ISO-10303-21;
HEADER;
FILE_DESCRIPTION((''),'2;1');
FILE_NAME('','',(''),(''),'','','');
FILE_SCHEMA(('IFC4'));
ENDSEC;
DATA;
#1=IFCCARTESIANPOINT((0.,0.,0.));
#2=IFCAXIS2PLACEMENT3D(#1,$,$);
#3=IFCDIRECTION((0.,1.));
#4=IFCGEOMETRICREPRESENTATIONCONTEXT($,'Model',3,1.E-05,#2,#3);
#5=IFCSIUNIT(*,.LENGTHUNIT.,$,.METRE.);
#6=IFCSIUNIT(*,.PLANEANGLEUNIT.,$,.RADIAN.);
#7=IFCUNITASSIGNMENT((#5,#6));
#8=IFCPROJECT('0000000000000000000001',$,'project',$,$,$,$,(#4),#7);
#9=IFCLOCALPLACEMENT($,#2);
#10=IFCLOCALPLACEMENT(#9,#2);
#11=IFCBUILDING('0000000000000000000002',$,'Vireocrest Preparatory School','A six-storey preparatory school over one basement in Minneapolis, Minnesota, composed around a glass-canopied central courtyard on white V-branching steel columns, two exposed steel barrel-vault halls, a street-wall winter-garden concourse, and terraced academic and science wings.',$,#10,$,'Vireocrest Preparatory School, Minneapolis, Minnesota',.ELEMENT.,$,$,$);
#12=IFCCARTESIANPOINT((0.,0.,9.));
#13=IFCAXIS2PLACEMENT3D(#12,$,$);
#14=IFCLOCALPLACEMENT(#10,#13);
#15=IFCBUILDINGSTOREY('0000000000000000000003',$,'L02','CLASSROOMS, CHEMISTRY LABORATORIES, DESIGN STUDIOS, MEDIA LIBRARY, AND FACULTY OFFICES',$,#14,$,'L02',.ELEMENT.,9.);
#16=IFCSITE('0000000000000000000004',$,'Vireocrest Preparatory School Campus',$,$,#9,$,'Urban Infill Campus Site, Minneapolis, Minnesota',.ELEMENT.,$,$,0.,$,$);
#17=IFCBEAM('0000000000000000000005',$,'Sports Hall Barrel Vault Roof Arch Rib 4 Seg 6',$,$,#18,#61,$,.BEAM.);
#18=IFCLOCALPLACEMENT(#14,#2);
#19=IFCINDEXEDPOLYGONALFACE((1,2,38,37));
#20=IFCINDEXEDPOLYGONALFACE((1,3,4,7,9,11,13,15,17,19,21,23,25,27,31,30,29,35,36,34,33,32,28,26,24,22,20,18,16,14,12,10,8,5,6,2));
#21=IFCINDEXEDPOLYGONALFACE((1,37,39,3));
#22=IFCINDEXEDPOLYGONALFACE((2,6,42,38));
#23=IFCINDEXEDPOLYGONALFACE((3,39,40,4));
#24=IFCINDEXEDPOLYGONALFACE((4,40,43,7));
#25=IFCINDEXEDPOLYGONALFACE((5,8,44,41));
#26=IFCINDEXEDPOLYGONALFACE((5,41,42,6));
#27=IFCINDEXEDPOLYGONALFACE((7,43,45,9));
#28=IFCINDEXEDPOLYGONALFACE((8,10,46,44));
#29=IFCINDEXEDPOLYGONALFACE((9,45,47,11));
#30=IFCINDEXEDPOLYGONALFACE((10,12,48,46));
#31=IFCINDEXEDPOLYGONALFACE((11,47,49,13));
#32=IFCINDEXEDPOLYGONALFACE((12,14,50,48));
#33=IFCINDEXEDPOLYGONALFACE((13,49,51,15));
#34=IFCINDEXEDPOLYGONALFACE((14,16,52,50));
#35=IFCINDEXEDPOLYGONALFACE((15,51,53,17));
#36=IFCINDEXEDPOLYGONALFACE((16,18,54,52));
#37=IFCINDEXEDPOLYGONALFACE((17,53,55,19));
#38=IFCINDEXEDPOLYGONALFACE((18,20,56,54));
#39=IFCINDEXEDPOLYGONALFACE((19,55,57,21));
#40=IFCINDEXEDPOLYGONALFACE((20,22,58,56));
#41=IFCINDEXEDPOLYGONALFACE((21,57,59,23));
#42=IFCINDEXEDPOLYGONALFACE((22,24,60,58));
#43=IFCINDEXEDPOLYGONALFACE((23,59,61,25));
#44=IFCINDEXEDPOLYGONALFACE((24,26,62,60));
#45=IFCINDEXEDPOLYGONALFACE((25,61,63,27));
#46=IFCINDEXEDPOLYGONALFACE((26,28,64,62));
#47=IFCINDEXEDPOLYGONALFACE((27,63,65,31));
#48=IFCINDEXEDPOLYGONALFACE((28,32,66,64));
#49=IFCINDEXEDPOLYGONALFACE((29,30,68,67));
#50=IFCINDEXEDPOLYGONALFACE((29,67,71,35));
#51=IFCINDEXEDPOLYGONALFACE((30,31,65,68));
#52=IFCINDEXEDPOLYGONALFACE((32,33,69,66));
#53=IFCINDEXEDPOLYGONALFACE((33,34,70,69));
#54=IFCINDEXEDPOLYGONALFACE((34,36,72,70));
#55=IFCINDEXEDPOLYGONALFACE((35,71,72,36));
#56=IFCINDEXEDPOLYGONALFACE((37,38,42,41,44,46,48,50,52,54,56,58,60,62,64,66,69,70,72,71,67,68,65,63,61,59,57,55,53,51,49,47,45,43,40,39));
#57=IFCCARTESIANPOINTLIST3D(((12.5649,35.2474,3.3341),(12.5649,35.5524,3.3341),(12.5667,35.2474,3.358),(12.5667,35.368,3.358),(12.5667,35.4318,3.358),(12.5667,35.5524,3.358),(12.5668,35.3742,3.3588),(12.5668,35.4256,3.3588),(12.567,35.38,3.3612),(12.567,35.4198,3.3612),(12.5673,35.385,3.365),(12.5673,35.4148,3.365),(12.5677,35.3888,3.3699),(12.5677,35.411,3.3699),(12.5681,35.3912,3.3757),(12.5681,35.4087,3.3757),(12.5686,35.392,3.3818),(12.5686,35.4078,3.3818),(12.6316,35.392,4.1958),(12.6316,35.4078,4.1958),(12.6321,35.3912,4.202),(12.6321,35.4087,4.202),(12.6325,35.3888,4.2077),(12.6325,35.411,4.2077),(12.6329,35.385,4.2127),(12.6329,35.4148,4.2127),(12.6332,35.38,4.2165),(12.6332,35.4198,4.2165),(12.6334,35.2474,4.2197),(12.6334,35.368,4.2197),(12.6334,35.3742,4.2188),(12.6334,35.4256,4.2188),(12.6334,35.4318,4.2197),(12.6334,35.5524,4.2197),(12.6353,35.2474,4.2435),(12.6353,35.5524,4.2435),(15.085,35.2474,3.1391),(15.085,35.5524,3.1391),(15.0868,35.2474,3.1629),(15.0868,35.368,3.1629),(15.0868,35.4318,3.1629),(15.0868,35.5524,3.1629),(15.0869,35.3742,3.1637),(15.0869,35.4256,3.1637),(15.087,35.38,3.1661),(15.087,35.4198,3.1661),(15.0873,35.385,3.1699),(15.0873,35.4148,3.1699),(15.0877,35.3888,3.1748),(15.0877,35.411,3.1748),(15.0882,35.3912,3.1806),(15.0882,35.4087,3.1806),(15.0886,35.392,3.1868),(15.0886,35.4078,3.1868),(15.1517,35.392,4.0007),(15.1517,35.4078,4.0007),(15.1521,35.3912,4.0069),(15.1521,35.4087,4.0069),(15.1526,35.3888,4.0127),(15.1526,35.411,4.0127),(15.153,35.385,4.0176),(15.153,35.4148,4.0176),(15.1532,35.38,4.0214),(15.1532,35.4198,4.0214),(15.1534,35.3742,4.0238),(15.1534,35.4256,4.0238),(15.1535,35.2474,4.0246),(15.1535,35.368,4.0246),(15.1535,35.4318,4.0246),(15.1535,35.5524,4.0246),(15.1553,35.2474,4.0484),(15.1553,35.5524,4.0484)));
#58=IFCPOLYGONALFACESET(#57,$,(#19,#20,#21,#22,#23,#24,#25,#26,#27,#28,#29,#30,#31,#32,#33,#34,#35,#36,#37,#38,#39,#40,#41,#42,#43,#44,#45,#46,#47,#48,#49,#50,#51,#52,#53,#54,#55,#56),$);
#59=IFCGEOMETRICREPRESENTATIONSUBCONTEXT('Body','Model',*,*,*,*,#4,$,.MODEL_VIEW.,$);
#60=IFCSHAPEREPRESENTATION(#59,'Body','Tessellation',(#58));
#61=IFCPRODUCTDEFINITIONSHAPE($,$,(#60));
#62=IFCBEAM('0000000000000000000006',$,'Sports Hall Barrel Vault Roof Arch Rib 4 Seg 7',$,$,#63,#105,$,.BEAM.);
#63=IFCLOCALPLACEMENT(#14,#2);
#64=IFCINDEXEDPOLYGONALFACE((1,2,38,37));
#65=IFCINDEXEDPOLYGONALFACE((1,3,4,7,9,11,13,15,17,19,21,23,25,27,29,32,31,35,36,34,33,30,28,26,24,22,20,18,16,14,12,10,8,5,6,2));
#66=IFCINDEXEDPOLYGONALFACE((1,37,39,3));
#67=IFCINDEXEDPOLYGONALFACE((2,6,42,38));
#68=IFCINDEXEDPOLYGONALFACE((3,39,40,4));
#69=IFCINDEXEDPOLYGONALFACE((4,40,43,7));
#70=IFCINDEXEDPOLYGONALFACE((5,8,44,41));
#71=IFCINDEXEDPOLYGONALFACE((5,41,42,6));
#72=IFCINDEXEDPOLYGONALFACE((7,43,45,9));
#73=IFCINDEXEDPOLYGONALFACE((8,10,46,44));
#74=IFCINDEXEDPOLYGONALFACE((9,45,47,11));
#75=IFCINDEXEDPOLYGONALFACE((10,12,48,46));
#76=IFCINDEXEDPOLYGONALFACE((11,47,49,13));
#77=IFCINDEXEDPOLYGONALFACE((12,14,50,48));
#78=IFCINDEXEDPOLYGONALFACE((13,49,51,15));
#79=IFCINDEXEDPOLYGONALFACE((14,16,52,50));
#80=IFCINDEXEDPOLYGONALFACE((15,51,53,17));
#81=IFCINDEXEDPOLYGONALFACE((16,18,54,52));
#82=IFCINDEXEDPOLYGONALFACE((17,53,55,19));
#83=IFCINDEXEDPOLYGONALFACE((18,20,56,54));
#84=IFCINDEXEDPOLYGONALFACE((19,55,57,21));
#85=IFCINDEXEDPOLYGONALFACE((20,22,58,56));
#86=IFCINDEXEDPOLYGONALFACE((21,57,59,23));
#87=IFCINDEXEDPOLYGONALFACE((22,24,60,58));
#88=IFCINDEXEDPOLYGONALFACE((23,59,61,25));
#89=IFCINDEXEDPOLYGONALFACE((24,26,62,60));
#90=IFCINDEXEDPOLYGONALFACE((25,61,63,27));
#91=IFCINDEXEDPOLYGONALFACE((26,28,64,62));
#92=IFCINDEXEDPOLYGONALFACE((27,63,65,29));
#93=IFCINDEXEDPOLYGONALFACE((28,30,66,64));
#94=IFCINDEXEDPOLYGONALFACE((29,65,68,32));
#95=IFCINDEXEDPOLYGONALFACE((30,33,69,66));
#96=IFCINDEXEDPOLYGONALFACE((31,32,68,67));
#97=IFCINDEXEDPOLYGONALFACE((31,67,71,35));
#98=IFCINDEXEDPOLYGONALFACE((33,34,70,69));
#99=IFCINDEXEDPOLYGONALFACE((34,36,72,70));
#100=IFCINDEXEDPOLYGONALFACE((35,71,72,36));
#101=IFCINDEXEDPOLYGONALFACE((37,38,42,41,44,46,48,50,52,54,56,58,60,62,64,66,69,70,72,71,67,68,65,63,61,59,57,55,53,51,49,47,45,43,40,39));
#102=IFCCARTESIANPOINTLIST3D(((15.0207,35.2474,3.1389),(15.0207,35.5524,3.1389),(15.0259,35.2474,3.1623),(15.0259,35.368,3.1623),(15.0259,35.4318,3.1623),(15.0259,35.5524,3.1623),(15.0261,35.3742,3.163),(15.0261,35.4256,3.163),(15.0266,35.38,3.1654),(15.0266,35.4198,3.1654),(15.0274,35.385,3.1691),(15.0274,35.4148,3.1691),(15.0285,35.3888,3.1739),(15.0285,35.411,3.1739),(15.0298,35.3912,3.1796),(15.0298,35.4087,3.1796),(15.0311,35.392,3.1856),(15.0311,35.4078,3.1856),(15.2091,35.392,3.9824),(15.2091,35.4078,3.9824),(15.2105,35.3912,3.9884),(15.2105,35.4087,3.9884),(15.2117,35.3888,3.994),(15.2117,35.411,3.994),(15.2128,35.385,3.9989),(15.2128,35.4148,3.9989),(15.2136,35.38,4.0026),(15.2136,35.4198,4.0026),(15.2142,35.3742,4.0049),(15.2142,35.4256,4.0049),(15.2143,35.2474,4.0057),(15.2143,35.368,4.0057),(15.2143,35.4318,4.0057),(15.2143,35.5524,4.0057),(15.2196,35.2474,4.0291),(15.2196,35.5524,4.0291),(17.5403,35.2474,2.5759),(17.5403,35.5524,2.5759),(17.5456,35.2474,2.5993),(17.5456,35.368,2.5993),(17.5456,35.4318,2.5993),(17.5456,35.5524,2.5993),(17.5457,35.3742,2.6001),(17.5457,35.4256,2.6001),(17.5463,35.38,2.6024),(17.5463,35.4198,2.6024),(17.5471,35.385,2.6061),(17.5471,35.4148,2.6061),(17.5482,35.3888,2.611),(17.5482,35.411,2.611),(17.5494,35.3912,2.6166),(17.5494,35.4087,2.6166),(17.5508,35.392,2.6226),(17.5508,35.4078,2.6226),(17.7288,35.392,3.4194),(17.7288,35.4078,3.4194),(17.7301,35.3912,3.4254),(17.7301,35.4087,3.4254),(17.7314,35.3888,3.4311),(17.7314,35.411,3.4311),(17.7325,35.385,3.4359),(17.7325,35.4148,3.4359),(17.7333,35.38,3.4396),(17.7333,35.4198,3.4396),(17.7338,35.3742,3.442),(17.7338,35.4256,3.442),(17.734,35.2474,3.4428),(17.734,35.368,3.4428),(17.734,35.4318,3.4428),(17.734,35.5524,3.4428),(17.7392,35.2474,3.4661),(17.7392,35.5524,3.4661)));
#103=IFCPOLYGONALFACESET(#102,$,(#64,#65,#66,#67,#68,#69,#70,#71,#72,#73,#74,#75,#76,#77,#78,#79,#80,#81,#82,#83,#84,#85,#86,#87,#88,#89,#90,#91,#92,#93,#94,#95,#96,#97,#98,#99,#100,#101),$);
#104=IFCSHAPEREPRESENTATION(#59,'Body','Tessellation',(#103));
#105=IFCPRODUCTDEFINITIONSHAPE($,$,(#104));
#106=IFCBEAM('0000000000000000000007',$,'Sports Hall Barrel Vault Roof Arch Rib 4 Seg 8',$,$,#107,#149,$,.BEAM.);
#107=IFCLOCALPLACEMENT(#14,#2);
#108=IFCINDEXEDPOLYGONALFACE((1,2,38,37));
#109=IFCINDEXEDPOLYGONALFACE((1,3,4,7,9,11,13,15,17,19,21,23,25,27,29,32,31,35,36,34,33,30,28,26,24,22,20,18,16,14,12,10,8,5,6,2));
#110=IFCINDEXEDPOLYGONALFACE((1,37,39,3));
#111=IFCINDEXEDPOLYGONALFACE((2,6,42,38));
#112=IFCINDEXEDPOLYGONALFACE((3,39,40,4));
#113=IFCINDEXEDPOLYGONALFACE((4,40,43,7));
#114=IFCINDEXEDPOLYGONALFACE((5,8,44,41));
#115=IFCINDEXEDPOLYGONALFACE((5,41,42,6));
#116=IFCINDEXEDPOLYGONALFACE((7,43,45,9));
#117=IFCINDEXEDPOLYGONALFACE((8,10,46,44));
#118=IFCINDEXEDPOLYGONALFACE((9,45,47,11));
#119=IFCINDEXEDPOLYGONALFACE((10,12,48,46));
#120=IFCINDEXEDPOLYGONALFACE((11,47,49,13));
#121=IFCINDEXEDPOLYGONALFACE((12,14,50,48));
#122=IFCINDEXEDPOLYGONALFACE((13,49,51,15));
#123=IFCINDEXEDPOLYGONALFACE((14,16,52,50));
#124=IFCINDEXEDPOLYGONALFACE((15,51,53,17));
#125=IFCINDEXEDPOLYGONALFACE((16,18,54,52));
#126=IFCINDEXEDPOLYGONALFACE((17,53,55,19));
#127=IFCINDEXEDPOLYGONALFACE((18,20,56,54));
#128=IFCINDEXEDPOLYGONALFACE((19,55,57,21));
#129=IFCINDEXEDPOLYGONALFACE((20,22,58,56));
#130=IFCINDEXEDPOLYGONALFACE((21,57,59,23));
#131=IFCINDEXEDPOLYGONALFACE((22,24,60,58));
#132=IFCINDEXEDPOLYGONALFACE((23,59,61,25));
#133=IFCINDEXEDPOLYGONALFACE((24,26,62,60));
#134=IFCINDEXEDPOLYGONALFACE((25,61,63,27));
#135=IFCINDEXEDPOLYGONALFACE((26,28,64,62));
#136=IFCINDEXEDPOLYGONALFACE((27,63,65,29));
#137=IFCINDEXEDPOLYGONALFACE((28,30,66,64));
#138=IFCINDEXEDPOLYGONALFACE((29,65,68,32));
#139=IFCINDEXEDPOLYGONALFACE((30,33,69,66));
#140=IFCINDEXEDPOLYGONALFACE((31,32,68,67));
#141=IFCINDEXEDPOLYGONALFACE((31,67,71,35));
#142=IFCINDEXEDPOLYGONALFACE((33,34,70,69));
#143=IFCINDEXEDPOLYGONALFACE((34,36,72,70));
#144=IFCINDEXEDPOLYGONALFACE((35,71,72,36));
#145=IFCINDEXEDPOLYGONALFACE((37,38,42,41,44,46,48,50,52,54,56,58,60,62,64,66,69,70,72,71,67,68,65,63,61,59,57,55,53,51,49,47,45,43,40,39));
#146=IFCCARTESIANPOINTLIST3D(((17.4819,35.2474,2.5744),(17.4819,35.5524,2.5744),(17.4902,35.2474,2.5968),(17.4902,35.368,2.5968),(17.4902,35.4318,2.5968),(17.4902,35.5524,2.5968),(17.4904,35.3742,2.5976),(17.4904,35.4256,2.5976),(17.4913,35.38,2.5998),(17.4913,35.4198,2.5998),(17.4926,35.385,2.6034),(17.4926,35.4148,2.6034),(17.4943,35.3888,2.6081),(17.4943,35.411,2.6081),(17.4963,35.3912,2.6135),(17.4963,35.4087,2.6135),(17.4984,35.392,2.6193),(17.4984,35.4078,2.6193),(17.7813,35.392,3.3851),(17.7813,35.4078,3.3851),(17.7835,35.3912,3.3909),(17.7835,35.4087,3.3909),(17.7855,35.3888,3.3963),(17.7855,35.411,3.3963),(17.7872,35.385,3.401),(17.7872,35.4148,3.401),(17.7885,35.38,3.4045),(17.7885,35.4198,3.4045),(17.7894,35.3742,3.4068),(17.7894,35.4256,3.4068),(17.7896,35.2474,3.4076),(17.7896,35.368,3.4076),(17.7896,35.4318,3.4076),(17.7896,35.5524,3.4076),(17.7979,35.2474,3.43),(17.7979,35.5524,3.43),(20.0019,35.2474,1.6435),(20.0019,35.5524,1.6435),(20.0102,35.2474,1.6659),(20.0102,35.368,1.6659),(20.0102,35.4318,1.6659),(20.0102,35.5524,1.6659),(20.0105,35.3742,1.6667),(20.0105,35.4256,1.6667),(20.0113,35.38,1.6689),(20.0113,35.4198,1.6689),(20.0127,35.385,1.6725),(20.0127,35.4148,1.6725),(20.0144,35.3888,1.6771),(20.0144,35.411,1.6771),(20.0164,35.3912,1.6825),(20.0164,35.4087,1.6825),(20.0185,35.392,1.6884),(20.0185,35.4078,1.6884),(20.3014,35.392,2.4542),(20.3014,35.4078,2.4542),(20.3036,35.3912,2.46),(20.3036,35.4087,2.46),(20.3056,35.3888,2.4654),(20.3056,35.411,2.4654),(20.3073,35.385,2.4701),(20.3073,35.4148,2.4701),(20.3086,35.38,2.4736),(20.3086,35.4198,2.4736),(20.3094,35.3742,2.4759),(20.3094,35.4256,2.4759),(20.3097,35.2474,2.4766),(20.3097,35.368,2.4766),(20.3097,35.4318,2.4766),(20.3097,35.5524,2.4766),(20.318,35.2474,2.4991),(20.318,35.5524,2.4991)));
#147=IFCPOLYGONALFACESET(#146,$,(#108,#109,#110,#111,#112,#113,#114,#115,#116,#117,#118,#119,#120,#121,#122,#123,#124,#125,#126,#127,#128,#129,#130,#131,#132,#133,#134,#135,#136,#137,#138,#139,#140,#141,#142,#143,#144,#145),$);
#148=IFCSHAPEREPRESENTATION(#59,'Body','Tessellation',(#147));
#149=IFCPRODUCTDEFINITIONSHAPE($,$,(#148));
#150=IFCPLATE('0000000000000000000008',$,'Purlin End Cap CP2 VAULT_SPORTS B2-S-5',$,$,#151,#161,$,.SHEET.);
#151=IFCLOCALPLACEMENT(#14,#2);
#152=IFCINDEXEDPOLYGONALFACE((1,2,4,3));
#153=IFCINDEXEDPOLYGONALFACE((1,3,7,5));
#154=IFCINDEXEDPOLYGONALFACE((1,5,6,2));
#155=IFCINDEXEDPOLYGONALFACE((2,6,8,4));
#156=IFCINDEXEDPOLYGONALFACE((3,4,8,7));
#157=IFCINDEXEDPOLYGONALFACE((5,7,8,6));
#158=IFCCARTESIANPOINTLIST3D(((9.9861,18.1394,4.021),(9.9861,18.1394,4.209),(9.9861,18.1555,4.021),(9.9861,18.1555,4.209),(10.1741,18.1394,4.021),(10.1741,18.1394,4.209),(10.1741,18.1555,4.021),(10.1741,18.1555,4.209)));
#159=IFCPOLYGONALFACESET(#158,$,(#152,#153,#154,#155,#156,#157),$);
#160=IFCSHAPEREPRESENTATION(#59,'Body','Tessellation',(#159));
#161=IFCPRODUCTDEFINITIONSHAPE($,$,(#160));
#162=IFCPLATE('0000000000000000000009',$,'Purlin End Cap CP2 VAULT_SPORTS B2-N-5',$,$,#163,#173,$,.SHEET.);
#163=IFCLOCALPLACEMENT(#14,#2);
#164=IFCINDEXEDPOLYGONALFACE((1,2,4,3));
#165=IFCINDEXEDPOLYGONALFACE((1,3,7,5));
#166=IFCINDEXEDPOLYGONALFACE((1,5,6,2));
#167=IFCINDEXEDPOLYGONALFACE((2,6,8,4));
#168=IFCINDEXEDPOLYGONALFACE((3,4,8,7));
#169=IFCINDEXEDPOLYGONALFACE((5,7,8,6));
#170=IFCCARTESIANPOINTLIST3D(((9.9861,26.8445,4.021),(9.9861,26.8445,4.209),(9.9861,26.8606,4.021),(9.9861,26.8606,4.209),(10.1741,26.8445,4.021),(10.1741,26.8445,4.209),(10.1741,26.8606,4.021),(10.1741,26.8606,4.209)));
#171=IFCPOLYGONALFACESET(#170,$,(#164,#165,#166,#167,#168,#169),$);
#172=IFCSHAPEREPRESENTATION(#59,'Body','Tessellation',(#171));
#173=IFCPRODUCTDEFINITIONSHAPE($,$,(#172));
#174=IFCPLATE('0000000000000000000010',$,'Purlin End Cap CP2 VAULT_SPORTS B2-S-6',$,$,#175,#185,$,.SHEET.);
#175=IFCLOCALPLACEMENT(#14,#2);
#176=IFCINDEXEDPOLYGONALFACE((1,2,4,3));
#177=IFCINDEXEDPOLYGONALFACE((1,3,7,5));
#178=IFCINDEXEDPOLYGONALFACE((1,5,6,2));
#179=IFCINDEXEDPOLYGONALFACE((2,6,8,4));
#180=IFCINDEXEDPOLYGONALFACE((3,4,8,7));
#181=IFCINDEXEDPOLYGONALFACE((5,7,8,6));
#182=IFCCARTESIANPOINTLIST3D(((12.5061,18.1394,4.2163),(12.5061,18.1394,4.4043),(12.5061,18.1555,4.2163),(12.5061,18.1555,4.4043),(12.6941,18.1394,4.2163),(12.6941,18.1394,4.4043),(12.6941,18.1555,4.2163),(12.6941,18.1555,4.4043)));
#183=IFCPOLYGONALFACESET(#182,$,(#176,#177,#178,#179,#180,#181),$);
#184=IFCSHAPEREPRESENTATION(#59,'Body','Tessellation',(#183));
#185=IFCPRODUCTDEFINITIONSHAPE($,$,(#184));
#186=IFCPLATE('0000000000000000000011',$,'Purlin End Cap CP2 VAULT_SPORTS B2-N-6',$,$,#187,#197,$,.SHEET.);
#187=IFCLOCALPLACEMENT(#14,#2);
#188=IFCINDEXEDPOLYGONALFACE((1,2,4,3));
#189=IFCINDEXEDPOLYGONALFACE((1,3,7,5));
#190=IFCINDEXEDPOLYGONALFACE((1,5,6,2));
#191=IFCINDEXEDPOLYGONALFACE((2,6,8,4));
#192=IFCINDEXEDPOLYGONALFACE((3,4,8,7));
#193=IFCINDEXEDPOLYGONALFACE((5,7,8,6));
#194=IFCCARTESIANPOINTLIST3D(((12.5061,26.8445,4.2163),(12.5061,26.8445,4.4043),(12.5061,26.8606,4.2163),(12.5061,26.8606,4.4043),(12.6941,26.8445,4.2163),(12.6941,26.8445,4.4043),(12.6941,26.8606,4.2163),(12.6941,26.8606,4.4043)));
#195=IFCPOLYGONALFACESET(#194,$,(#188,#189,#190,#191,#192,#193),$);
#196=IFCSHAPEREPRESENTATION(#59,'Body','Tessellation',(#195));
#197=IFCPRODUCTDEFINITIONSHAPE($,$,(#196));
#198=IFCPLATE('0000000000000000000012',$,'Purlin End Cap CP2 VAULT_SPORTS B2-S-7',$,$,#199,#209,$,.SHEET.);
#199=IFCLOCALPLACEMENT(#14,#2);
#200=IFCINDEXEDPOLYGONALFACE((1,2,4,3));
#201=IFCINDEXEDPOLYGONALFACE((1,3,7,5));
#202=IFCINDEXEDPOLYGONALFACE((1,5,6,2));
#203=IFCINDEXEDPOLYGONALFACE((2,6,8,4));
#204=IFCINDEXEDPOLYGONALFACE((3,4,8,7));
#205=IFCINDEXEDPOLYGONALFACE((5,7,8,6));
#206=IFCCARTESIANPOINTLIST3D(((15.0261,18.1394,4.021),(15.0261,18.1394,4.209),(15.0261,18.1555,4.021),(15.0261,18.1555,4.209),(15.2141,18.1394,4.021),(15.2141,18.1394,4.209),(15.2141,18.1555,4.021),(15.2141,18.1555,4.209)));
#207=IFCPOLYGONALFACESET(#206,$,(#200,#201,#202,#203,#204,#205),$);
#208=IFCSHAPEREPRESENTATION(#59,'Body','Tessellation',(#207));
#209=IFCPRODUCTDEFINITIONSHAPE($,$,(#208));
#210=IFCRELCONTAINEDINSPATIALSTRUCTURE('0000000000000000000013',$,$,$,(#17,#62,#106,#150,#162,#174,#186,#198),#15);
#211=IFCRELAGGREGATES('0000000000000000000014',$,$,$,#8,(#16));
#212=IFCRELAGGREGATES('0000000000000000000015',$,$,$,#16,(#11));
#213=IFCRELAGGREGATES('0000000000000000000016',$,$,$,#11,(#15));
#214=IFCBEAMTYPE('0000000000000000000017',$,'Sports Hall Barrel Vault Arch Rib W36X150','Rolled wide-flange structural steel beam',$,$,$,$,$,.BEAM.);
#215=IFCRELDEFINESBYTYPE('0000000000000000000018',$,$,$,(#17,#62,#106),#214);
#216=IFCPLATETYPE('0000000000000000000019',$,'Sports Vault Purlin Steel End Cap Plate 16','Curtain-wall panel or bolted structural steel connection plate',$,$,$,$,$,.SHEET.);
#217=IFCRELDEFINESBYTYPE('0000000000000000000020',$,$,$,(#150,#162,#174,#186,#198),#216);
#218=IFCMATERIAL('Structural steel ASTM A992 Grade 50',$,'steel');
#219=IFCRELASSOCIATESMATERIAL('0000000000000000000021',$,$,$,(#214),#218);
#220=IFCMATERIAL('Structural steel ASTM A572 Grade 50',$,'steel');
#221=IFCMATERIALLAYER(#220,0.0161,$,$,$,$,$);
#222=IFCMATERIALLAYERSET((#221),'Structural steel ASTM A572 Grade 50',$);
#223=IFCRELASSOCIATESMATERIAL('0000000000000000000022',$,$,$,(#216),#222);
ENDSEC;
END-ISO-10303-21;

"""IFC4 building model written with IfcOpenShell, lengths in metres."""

from ifc_helpers import new_model, si_unit, direction, frame, origin, origin_2d, place, context, subcontext, project, spatial, rectangle, i_section, extrude, material, layer, layer_set, material_profile, profile_set, type_object, element, save


model = new_model("IFC4")

# Units and contexts
model_context = context("Model", 3, precision=1e-05, world=origin(), true_north=direction((0.0, 1.0)))
body_context = subcontext(model_context, "Body", "Model", "MODEL_VIEW")
ifc_project = project(units=[si_unit("LENGTHUNIT", "METRE"), si_unit("PLANEANGLEUNIT", "RADIAN")], contexts=[model_context])

# Site, building, storey
site_placement = place(None, origin())
site = spatial("IfcSite", under=ifc_project, at=site_placement, Name="Vireocrest Preparatory School Campus", LongName="Urban Infill Campus Site, Minneapolis, Minnesota", CompositionType="ELEMENT", RefElevation=0.0)
building_placement = place(site_placement, origin())
building = spatial("IfcBuilding", under=site, at=building_placement, Name="Vireocrest Preparatory School", Description="A six-storey preparatory school over one basement in Minneapolis, Minnesota, composed around a glass-canopied central courtyard on white V-branching steel columns, two exposed steel barrel-vault halls, a street-wall winter-garden concourse, and terraced academic and science wings.", LongName="Vireocrest Preparatory School, Minneapolis, Minnesota", CompositionType="ELEMENT")
storey_placement = place(building_placement, frame((0.0, 0.0, 9.0)))
storey = spatial("IfcBuildingStorey", under=building, at=storey_placement, Name="L02", Description="CLASSROOMS, CHEMISTRY LABORATORIES, DESIGN STUDIOS, MEDIA LIBRARY, AND FACULTY OFFICES", LongName="L02", CompositionType="ELEMENT", Elevation=9.0)

# Beams
ifc_material_1 = material(Name="Structural steel ASTM A992 Grade 50", Category="steel")
ifc_material_profile_1 = material_profile(ifc_material_1, i_section(OverallWidth=0.3049, OverallDepth=0.9121, WebThickness=0.0159, FlangeThickness=0.0239, FilletRadius=0.0239, at=origin_2d()), Name="W36X150")
ifc_profile_set_1 = profile_set([ifc_material_profile_1], Name="Structural steel ASTM A992 Grade 50")
beam_type = type_object("IfcBeamType", Name="Sports Hall Barrel Vault Arch Rib W36X150", Description="Rolled wide-flange structural steel beam", PredefinedType="BEAM", material=ifc_profile_set_1)
for number, where, z_axis, x_axis, name in (
    (1, (12.6001, 35.3999, 3.7888), (0.997017, 0.0, -0.077177), (0.0, 1.0, 0.0), "Sports Hall Barrel Vault Roof Arch Rib 4 Seg 6"),
):
    element("IfcBeam", number, at=place(storey_placement, frame(where, z_axis=z_axis, x_axis=x_axis)), inside=storey, type_object=beam_type, Name=name, PredefinedType="BEAM", context=body_context, shape_type="SweptSolid", body=[
        extrude(i_section(OverallWidth=0.3049, OverallDepth=0.9121, WebThickness=0.0159, FlangeThickness=0.0239, FilletRadius=0.0239, at=origin_2d()), origin(), (0.0, 0.0, 1.0), 2.5276),
    ])
beam_1_placement = place(storey_placement, frame((15.1201, 35.3999, 3.584), z_axis=(0.975937, 0.0, -0.218052), x_axis=(0.0, 1.0, 0.0)))
element("IfcBeam", 2, at=beam_1_placement, inside=storey, type_object=beam_type, Name="Sports Hall Barrel Vault Roof Arch Rib 4 Seg 7", PredefinedType="BEAM", context=body_context, shape_type="SweptSolid", body=[
    extrude(i_section(OverallWidth=0.3049, OverallDepth=0.9121, WebThickness=0.0159, FlangeThickness=0.0239, FilletRadius=0.0239, at=origin_2d()), origin(), (0.0, 0.0, 1.0), 2.5818),
])
beam_2_placement = place(storey_placement, frame((17.6399, 35.3999, 3.0022), z_axis=(0.938043, 0.0, -0.346518), x_axis=(0.0, 1.0, 0.0)))
element("IfcBeam", 3, at=beam_2_placement, inside=storey, type_object=beam_type, Name="Sports Hall Barrel Vault Roof Arch Rib 4 Seg 8", PredefinedType="BEAM", context=body_context, shape_type="SweptSolid", body=[
    extrude(i_section(OverallWidth=0.3049, OverallDepth=0.9121, WebThickness=0.0159, FlangeThickness=0.0239, FilletRadius=0.0239, at=origin_2d()), origin(), (0.0, 0.0, 1.0), 2.6865),
])

# Plates
ifc_material_2 = material(Name="Structural steel ASTM A572 Grade 50", Category="steel")
ifc_layer = layer(ifc_material_2, 0.0161)
ifc_layer_set = layer_set([ifc_layer], Name="Structural steel ASTM A572 Grade 50")
plate_type = type_object("IfcPlateType", Name="Sports Vault Purlin Steel End Cap Plate 16", Description="Curtain-wall panel or bolted structural steel connection plate", PredefinedType="SHEET", material=ifc_layer_set)
for number, where, z_axis, x_axis, name in (
    (4, (10.0801, 18.1475, 4.021), (0.0, 0.0, 1.0), (1.0, 0.0, 0.0), "Purlin End Cap CP2 VAULT_SPORTS B2-S-5"),
    (5, (10.0801, 26.8525, 4.021), (0.0, 0.0, 1.0), (1.0, 0.0, 0.0), "Purlin End Cap CP2 VAULT_SPORTS B2-N-5"),
    (6, (12.6001, 18.1475, 4.2163), (0.0, 0.0, 1.0), (1.0, 0.0, 0.0), "Purlin End Cap CP2 VAULT_SPORTS B2-S-6"),
    (7, (12.6001, 26.8525, 4.2163), (0.0, 0.0, 1.0), (1.0, 0.0, 0.0), "Purlin End Cap CP2 VAULT_SPORTS B2-N-6"),
    (8, (15.1201, 18.1475, 4.021), (0.0, 0.0, 1.0), (1.0, 0.0, 0.0), "Purlin End Cap CP2 VAULT_SPORTS B2-S-7"),
):
    element("IfcPlate", number, at=place(storey_placement, frame(where, z_axis=z_axis, x_axis=x_axis)), inside=storey, type_object=plate_type, Name=name, PredefinedType="SHEET", context=body_context, shape_type="SweptSolid", body=[
        extrude(rectangle(XDim=0.188, YDim=0.0161, at=origin_2d()), origin(), (0.0, 0.0, 1.0), 0.188),
    ])

save(model, "model.ifc")
